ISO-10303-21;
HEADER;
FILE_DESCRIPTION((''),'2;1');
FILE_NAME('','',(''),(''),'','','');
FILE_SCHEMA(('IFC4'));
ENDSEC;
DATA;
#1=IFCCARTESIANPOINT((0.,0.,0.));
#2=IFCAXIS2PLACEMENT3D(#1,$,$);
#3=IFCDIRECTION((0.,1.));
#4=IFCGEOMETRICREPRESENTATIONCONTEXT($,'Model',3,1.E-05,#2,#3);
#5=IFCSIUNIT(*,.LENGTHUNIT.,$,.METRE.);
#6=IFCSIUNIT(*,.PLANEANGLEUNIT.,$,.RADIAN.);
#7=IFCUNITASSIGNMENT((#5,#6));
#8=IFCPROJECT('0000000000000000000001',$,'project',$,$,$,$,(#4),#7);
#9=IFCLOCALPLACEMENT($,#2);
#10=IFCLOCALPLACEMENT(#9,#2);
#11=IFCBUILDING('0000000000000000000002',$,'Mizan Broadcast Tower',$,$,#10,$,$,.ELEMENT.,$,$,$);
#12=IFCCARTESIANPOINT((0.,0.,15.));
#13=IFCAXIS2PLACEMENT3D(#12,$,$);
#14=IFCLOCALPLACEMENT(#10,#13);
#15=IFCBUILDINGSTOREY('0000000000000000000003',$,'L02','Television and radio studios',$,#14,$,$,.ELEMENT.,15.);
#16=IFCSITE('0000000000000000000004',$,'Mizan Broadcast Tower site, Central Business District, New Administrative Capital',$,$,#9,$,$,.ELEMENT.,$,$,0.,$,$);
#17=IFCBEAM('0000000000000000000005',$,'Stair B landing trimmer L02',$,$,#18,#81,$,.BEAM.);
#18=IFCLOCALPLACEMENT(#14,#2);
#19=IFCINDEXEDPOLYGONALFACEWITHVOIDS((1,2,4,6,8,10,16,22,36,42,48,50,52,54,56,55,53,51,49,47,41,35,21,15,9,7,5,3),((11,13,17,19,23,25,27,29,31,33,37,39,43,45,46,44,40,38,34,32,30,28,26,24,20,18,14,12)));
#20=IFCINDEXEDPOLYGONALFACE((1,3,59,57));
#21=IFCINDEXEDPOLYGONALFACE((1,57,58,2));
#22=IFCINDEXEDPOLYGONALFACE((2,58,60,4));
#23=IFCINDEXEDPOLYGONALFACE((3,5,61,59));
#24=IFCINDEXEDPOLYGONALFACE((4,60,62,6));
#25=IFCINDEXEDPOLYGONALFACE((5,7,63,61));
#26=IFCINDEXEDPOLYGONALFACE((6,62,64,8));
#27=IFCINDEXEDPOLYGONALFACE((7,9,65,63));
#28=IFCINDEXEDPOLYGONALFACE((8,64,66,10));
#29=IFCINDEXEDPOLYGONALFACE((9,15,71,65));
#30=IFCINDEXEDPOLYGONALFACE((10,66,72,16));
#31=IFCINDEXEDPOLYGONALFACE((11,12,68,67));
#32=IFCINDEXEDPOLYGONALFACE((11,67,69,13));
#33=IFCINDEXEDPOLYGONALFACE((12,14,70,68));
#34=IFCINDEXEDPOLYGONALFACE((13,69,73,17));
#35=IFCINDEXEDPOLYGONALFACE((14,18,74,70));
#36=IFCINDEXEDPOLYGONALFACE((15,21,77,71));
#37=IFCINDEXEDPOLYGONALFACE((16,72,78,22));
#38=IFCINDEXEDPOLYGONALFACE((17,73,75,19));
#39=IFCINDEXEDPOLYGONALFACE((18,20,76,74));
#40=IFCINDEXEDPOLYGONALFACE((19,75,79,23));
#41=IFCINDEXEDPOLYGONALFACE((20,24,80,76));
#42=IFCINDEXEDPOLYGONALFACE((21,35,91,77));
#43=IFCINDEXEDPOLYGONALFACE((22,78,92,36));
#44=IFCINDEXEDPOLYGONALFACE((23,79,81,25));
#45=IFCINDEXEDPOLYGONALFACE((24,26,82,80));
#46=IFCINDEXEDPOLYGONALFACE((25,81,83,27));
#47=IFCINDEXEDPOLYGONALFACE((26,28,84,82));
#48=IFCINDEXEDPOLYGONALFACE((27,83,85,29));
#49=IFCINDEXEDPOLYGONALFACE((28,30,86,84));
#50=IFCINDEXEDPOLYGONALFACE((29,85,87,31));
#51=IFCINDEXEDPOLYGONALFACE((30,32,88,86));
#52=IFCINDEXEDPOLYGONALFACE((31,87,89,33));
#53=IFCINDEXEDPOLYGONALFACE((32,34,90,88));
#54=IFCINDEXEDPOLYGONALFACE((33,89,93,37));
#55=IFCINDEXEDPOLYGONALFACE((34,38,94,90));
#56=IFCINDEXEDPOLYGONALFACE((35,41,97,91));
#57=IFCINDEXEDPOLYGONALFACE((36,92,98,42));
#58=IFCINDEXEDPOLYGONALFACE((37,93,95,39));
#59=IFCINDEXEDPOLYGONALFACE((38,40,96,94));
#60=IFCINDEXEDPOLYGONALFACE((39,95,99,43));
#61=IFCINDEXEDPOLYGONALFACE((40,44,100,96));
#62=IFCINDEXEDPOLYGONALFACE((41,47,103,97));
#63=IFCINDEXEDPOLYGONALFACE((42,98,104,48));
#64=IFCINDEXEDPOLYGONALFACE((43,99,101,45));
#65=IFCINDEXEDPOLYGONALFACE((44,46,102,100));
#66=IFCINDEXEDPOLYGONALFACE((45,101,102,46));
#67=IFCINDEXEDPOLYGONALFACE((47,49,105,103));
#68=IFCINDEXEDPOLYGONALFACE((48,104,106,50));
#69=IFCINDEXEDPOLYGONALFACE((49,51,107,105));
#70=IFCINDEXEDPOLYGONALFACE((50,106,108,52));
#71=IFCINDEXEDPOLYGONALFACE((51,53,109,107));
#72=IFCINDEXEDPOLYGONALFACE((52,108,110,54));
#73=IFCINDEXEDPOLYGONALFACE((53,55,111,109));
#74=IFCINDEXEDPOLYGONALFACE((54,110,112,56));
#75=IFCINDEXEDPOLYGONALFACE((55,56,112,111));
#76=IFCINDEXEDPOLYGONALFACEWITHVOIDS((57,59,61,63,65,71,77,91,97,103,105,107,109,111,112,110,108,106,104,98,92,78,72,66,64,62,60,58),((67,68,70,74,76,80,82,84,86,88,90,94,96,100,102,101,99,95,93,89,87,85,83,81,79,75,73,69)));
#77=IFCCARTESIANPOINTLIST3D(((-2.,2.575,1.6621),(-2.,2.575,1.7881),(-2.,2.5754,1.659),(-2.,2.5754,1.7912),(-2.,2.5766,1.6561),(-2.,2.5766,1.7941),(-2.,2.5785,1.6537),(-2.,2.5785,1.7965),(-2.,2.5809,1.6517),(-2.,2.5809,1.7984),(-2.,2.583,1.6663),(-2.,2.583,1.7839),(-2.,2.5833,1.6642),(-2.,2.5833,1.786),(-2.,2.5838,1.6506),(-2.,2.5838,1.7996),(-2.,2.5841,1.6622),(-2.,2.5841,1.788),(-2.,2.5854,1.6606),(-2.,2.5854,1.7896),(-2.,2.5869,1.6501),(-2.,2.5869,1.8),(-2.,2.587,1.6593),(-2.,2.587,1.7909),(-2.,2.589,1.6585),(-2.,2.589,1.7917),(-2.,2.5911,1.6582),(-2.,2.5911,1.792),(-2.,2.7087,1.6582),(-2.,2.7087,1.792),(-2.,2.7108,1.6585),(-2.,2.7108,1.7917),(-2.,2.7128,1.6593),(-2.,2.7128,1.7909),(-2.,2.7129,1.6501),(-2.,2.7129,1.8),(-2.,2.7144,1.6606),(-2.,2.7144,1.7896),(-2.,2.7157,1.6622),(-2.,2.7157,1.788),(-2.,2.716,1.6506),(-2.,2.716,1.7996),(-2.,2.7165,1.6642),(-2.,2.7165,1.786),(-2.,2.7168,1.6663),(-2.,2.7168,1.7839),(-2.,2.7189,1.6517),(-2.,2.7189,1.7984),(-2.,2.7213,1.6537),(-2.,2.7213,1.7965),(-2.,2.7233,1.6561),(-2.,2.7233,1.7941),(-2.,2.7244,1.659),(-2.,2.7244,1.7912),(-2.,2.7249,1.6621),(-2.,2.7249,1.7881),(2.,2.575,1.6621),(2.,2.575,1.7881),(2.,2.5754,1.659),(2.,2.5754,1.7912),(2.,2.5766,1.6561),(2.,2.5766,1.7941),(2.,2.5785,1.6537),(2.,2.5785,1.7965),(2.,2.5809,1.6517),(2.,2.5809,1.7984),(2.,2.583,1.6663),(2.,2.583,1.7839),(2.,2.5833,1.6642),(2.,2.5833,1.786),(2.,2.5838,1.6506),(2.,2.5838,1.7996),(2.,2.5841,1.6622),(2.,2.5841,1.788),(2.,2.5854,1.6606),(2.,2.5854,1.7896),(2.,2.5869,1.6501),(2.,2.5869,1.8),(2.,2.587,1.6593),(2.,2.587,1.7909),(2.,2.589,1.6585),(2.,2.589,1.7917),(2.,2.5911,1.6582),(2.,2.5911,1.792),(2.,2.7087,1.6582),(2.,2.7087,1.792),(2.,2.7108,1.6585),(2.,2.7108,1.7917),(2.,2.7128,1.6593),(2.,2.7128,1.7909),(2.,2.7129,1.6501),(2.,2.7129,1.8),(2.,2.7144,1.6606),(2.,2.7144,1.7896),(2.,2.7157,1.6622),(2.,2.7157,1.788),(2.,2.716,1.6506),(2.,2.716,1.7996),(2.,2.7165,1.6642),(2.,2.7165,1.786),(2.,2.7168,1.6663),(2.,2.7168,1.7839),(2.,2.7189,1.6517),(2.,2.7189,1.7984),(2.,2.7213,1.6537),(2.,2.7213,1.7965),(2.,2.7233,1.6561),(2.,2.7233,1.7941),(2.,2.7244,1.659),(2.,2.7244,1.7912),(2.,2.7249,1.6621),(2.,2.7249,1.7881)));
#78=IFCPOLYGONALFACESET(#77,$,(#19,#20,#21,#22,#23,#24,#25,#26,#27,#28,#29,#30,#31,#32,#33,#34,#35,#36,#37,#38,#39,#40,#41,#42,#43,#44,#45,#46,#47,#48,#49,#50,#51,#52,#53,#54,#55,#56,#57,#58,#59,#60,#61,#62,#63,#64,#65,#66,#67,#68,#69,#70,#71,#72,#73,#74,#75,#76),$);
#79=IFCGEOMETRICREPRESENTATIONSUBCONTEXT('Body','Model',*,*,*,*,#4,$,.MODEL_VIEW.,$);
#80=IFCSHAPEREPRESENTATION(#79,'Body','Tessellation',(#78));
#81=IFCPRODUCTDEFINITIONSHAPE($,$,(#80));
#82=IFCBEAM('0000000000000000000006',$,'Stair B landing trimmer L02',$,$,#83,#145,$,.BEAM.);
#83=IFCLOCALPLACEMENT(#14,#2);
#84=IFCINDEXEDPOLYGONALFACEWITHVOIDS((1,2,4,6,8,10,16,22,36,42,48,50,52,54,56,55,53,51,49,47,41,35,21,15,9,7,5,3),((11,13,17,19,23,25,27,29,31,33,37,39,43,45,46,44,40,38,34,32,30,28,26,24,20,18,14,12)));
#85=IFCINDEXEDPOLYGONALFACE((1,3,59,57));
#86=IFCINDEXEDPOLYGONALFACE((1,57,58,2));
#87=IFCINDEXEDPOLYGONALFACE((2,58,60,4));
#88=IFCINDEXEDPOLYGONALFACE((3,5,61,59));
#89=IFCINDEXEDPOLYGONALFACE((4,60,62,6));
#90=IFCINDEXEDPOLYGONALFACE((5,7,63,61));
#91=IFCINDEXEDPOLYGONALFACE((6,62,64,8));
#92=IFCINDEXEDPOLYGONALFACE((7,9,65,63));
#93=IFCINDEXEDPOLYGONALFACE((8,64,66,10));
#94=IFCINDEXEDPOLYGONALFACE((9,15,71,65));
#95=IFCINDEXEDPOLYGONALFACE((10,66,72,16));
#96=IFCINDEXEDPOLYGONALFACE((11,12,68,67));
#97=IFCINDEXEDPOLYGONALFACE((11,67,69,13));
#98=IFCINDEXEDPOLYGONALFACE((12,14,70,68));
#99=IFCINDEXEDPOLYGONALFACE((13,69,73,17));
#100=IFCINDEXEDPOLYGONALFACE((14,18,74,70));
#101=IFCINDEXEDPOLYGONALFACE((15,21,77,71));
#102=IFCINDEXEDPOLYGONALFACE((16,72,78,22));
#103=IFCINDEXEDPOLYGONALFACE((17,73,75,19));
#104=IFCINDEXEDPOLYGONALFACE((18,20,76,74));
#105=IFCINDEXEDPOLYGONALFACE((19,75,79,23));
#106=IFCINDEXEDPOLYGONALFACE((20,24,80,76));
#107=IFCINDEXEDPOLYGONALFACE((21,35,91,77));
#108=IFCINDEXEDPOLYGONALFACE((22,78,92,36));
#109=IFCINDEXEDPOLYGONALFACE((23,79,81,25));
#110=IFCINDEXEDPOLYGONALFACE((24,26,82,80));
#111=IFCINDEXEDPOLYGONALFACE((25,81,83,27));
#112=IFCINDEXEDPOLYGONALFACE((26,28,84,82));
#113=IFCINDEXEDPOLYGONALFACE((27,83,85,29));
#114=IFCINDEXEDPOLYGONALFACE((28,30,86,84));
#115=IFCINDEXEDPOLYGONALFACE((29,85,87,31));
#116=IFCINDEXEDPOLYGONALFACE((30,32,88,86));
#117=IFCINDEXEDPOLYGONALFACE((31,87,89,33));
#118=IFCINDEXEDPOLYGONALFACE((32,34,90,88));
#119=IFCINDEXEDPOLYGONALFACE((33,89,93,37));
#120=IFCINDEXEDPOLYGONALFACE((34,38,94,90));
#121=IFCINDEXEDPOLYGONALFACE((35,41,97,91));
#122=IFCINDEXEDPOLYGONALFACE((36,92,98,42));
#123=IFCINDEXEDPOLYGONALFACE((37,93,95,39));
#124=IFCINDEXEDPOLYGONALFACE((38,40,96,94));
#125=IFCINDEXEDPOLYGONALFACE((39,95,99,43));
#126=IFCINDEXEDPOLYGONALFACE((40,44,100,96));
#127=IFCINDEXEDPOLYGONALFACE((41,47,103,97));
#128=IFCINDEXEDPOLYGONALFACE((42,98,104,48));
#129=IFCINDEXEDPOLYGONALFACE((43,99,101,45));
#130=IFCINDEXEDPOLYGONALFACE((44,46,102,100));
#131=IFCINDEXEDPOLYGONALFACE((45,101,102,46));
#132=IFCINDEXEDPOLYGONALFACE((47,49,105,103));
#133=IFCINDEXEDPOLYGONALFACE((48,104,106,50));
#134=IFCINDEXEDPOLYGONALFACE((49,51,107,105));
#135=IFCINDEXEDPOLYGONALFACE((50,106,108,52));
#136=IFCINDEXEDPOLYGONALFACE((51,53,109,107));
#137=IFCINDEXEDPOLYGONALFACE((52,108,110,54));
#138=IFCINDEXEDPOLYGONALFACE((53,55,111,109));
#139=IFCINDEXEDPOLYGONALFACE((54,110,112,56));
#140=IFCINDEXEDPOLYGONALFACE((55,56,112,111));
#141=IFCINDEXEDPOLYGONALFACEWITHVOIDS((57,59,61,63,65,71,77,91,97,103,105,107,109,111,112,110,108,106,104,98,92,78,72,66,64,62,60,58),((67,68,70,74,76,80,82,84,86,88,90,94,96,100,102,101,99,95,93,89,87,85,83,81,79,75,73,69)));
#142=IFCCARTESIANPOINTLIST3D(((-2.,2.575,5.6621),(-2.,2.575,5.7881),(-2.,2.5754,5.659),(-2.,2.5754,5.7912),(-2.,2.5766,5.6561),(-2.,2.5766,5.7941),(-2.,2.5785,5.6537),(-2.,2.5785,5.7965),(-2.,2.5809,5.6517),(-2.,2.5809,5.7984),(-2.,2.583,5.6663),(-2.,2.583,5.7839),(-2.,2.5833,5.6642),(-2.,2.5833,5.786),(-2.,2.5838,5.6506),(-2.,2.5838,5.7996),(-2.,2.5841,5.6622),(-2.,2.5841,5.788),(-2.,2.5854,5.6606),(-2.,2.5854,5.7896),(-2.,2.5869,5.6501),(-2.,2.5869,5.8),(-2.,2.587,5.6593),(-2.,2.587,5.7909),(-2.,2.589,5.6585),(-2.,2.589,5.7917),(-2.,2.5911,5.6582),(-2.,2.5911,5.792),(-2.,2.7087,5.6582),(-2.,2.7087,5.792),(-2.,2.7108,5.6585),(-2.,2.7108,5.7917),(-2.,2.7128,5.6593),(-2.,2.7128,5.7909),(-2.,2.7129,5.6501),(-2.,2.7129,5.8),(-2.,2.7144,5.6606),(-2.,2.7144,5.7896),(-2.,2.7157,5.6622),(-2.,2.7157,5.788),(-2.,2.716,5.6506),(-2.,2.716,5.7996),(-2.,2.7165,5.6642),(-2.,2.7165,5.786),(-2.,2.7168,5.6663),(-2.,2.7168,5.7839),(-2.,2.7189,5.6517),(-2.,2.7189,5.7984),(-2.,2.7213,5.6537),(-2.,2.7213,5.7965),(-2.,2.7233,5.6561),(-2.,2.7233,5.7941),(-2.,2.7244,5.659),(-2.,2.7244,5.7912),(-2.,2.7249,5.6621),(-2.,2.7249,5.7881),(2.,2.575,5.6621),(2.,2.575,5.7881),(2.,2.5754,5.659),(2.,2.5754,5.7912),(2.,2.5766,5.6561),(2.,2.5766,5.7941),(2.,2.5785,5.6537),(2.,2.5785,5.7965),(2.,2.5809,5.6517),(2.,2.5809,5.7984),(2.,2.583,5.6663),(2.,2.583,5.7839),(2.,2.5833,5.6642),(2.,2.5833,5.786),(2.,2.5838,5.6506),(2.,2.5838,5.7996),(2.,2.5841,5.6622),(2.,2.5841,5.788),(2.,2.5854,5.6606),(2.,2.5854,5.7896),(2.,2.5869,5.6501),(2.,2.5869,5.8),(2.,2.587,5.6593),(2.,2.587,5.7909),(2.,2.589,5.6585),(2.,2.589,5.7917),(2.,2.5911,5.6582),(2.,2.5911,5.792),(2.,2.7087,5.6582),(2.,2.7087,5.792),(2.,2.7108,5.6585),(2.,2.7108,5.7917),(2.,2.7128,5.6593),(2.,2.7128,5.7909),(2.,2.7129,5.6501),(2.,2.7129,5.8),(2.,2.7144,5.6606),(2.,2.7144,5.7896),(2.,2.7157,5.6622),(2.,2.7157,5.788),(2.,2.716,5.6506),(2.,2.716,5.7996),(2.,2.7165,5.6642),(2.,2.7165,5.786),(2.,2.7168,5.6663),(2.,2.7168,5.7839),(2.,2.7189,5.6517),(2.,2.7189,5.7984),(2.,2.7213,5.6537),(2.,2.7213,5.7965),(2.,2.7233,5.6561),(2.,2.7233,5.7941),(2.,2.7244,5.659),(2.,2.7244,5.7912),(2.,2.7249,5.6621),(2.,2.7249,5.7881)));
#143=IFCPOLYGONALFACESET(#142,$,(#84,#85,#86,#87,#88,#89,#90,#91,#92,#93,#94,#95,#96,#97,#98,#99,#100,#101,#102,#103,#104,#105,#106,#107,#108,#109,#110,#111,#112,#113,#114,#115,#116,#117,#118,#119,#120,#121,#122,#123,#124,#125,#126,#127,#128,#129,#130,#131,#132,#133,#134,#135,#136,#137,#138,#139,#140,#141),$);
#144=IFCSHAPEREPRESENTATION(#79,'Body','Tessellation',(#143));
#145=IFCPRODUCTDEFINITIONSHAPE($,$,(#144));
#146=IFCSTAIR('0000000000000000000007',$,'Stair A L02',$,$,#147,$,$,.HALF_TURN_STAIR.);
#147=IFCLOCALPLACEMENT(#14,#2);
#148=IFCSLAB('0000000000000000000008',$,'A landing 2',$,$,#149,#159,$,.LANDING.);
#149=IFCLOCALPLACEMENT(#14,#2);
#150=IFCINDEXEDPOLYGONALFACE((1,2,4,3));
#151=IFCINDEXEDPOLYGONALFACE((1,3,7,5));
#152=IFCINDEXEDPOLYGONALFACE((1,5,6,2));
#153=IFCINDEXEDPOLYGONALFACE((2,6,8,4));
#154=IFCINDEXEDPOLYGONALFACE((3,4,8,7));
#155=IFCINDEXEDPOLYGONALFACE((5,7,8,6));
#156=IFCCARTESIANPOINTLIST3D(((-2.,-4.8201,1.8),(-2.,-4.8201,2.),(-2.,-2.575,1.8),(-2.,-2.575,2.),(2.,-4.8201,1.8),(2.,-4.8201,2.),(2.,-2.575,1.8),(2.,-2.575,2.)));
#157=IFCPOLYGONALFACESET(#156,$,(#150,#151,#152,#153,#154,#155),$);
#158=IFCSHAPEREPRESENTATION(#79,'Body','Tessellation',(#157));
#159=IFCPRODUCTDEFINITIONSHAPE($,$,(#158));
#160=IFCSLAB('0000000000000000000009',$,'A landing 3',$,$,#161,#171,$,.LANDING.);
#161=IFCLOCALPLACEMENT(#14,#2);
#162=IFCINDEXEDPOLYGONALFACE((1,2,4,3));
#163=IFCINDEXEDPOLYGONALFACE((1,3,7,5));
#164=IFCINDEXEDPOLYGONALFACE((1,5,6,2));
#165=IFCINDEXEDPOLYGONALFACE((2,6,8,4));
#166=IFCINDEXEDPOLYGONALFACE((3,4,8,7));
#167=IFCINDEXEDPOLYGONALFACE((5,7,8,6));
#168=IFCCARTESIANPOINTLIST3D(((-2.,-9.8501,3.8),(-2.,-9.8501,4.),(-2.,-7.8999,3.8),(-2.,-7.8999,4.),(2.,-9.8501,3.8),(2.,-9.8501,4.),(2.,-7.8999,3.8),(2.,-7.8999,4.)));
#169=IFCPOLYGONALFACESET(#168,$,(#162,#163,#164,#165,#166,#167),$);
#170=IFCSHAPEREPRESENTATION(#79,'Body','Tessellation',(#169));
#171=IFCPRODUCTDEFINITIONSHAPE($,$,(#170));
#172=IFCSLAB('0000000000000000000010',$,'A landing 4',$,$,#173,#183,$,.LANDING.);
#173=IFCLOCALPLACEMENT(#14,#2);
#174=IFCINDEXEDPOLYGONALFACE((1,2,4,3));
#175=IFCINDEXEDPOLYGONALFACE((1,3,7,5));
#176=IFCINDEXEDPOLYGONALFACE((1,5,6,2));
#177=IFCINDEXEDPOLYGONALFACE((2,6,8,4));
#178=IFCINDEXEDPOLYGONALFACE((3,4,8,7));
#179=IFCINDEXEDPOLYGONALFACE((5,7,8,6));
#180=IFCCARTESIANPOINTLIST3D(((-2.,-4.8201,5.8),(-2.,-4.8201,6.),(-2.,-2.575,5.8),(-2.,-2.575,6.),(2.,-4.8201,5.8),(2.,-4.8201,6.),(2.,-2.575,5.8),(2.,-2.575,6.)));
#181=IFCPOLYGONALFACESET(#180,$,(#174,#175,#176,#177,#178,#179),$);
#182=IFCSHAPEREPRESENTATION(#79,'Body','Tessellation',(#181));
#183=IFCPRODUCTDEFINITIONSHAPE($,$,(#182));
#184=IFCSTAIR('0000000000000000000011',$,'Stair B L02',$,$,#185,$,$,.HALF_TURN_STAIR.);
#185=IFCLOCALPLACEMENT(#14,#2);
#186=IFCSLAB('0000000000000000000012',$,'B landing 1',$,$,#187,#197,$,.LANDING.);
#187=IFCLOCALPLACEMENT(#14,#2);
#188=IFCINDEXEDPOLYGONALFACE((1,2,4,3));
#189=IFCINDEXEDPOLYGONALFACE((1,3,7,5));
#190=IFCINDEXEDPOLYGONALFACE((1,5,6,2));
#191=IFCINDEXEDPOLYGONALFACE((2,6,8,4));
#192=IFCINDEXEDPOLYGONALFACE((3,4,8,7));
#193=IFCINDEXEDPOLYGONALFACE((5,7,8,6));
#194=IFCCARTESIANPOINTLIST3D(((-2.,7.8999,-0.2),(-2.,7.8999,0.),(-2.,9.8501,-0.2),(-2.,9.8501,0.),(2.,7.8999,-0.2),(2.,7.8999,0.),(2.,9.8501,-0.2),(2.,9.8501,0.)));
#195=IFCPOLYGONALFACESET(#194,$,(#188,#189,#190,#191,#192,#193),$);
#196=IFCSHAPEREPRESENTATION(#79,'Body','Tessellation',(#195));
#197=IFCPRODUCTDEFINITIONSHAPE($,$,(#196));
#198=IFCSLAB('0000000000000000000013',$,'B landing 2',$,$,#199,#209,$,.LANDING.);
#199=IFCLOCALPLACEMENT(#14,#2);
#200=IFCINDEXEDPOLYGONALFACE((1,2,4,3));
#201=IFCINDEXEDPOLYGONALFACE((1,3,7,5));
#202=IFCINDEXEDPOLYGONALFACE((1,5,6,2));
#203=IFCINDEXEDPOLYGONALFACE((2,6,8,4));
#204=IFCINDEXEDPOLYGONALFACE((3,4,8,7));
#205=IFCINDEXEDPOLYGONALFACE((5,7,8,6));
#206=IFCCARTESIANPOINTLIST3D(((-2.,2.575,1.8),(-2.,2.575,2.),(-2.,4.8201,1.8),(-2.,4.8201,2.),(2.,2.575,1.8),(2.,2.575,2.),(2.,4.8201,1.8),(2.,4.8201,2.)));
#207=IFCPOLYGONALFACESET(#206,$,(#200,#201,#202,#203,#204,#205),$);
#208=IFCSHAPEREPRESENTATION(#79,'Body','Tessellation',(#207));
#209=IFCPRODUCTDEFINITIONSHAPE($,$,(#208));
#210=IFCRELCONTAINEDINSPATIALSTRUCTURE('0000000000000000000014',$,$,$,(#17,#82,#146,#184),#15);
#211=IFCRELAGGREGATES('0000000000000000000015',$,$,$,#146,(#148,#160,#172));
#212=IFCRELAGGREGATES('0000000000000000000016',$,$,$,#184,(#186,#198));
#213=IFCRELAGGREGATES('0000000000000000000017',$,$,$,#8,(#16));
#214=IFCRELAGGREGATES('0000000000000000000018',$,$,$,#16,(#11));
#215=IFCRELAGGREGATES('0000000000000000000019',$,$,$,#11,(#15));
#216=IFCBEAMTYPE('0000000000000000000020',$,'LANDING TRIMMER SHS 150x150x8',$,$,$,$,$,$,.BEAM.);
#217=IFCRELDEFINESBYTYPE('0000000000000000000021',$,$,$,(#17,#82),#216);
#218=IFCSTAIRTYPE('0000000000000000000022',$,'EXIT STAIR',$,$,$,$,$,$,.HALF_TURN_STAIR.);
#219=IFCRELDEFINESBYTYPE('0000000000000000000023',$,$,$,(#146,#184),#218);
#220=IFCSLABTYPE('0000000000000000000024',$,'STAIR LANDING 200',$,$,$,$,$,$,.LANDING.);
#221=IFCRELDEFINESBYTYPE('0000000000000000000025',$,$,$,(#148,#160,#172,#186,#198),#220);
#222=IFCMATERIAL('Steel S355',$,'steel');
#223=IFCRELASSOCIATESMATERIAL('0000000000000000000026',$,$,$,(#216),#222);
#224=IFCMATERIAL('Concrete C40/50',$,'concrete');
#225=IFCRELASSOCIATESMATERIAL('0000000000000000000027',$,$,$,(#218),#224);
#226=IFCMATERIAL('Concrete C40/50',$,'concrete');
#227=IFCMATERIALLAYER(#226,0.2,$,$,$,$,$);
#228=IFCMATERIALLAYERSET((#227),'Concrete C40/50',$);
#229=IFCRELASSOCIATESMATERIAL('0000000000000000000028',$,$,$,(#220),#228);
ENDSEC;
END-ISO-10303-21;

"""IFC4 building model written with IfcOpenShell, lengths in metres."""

from ifc_helpers import new_model, si_unit, direction, frame, origin, origin_2d, place, context, subcontext, project, spatial, polyline, hollow_rectangle, outline, extrude, material, layer, layer_set, material_profile, profile_set, type_object, element, aggregate, save


model = new_model("IFC4")

# Units and contexts
model_context = context("Model", 3, precision=1e-05, world=origin(), true_north=direction((0.0, 1.0)))
body_context = subcontext(model_context, "Body", "Model", "MODEL_VIEW")
ifc_project = project(units=[si_unit("LENGTHUNIT", "METRE"), si_unit("PLANEANGLEUNIT", "RADIAN")], contexts=[model_context])

# Site, building, storey
site_placement = place(None, origin())
site = spatial("IfcSite", under=ifc_project, at=site_placement, Name="Mizan Broadcast Tower site, Central Business District, New Administrative Capital", CompositionType="ELEMENT", RefElevation=0.0)
building_placement = place(site_placement, origin())
building = spatial("IfcBuilding", under=site, at=building_placement, Name="Mizan Broadcast Tower", CompositionType="ELEMENT")
storey_placement = place(building_placement, frame((0.0, 0.0, 15.0)))
storey = spatial("IfcBuildingStorey", under=building, at=storey_placement, Name="L02", Description="Television and radio studios", CompositionType="ELEMENT", Elevation=15.0)

# Beams
ifc_material_1 = material(Name="Steel S355", Category="steel")
ifc_material_profile = material_profile(ifc_material_1, hollow_rectangle(XDim=0.1499, YDim=0.1499, WallThickness=0.0081, InnerFilletRadius=0.0081, OuterFilletRadius=0.012, at=origin_2d()), Name="SHS 150x150x8")
ifc_profile_set = profile_set([ifc_material_profile], Name="Steel S355")
beam_type = type_object("IfcBeamType", Name="LANDING TRIMMER SHS 150x150x8", PredefinedType="BEAM", material=ifc_profile_set)
for number, where, z_axis, x_axis, name in (
    (1, (2.0, 2.6499, 1.7251), (-1.0, 0.0, 0.0), (0.0, -1.0, 0.0), "Stair B landing trimmer L02"),
    (2, (2.0, 2.6499, 5.7251), (-1.0, 0.0, 0.0), (0.0, -1.0, 0.0), "Stair B landing trimmer L02"),
):
    element("IfcBeam", number, at=place(storey_placement, frame(where, z_axis=z_axis, x_axis=x_axis)), inside=storey, type_object=beam_type, Name=name, PredefinedType="BEAM", context=body_context, shape_type="SweptSolid", body=[
        extrude(hollow_rectangle(XDim=0.1499, YDim=0.1499, WallThickness=0.0081, InnerFilletRadius=0.0081, OuterFilletRadius=0.012, at=origin_2d()), origin(), (0.0, 0.0, 1.0), 4.0),
    ])

# Stairs, slabs
ifc_material_2 = material(Name="Concrete C40/50", Category="concrete")
stair_type = type_object("IfcStairType", Name="EXIT STAIR", PredefinedType="HALF_TURN_STAIR", material=ifc_material_2)
stair_1_placement = place(storey_placement, origin())
stair_1 = element("IfcStair", 3, at=stair_1_placement, inside=storey, type_object=stair_type, Name="Stair A L02", PredefinedType="HALF_TURN_STAIR")
ifc_material_3 = material(Name="Concrete C40/50", Category="concrete")
ifc_layer_1 = layer(ifc_material_3, 0.2)
ifc_layer_set_1 = layer_set([ifc_layer_1], Name="Concrete C40/50")
slab_type = type_object("IfcSlabType", Name="STAIR LANDING 200", PredefinedType="LANDING", material=ifc_layer_set_1)
slab_1_placement = place(storey_placement, frame((0.0, 0.0, 1.8)))
slab_1 = element("IfcSlab", 4, at=slab_1_placement, type_object=slab_type, Name="A landing 2", PredefinedType="LANDING", context=body_context, shape_type="SweptSolid", body=[
    extrude(outline(polyline([(-2.0, -4.8201), (-2.0, -2.575), (2.0, -2.575), (2.0, -4.8201), (-2.0, -4.8201)])), origin(), (0.0, 0.0, 1.0), 0.2),
])
slab_2_placement = place(storey_placement, frame((0.0, 0.0, 3.8)))
slab_2 = element("IfcSlab", 5, at=slab_2_placement, type_object=slab_type, Name="A landing 3", PredefinedType="LANDING", context=body_context, shape_type="SweptSolid", body=[
    extrude(outline(polyline([(-2.0, -9.8501), (-2.0, -7.8999), (2.0, -7.8999), (2.0, -9.8501), (-2.0, -9.8501)])), origin(), (0.0, 0.0, 1.0), 0.2),
])
slab_3_placement = place(storey_placement, frame((0.0, 0.0, 5.8)))
slab_3 = element("IfcSlab", 6, at=slab_3_placement, type_object=slab_type, Name="A landing 4", PredefinedType="LANDING", context=body_context, shape_type="SweptSolid", body=[
    extrude(outline(polyline([(-2.0, -4.8201), (-2.0, -2.575), (2.0, -2.575), (2.0, -4.8201), (-2.0, -4.8201)])), origin(), (0.0, 0.0, 1.0), 0.2),
])
aggregate(stair_1, [slab_1, slab_2, slab_3])
stair_2_placement = place(storey_placement, origin())
stair_2 = element("IfcStair", 7, at=stair_2_placement, inside=storey, type_object=stair_type, Name="Stair B L02", PredefinedType="HALF_TURN_STAIR")
slab_4_placement = place(storey_placement, frame((0.0, 0.0, -0.2)))
slab_4 = element("IfcSlab", 8, at=slab_4_placement, type_object=slab_type, Name="B landing 1", PredefinedType="LANDING", context=body_context, shape_type="SweptSolid", body=[
    extrude(outline(polyline([(2.0, 9.8501), (2.0, 7.8999), (-2.0, 7.8999), (-2.0, 9.8501), (2.0, 9.8501)])), origin(), (0.0, 0.0, 1.0), 0.2),
])
slab_5_placement = place(storey_placement, frame((0.0, 0.0, 1.8)))
slab_5 = element("IfcSlab", 9, at=slab_5_placement, type_object=slab_type, Name="B landing 2", PredefinedType="LANDING", context=body_context, shape_type="SweptSolid", body=[
    extrude(outline(polyline([(2.0, 4.8201), (2.0, 2.575), (-2.0, 2.575), (-2.0, 4.8201), (2.0, 4.8201)])), origin(), (0.0, 0.0, 1.0), 0.2),
])
aggregate(stair_2, [slab_4, slab_5])

save(model, "model.ifc")
